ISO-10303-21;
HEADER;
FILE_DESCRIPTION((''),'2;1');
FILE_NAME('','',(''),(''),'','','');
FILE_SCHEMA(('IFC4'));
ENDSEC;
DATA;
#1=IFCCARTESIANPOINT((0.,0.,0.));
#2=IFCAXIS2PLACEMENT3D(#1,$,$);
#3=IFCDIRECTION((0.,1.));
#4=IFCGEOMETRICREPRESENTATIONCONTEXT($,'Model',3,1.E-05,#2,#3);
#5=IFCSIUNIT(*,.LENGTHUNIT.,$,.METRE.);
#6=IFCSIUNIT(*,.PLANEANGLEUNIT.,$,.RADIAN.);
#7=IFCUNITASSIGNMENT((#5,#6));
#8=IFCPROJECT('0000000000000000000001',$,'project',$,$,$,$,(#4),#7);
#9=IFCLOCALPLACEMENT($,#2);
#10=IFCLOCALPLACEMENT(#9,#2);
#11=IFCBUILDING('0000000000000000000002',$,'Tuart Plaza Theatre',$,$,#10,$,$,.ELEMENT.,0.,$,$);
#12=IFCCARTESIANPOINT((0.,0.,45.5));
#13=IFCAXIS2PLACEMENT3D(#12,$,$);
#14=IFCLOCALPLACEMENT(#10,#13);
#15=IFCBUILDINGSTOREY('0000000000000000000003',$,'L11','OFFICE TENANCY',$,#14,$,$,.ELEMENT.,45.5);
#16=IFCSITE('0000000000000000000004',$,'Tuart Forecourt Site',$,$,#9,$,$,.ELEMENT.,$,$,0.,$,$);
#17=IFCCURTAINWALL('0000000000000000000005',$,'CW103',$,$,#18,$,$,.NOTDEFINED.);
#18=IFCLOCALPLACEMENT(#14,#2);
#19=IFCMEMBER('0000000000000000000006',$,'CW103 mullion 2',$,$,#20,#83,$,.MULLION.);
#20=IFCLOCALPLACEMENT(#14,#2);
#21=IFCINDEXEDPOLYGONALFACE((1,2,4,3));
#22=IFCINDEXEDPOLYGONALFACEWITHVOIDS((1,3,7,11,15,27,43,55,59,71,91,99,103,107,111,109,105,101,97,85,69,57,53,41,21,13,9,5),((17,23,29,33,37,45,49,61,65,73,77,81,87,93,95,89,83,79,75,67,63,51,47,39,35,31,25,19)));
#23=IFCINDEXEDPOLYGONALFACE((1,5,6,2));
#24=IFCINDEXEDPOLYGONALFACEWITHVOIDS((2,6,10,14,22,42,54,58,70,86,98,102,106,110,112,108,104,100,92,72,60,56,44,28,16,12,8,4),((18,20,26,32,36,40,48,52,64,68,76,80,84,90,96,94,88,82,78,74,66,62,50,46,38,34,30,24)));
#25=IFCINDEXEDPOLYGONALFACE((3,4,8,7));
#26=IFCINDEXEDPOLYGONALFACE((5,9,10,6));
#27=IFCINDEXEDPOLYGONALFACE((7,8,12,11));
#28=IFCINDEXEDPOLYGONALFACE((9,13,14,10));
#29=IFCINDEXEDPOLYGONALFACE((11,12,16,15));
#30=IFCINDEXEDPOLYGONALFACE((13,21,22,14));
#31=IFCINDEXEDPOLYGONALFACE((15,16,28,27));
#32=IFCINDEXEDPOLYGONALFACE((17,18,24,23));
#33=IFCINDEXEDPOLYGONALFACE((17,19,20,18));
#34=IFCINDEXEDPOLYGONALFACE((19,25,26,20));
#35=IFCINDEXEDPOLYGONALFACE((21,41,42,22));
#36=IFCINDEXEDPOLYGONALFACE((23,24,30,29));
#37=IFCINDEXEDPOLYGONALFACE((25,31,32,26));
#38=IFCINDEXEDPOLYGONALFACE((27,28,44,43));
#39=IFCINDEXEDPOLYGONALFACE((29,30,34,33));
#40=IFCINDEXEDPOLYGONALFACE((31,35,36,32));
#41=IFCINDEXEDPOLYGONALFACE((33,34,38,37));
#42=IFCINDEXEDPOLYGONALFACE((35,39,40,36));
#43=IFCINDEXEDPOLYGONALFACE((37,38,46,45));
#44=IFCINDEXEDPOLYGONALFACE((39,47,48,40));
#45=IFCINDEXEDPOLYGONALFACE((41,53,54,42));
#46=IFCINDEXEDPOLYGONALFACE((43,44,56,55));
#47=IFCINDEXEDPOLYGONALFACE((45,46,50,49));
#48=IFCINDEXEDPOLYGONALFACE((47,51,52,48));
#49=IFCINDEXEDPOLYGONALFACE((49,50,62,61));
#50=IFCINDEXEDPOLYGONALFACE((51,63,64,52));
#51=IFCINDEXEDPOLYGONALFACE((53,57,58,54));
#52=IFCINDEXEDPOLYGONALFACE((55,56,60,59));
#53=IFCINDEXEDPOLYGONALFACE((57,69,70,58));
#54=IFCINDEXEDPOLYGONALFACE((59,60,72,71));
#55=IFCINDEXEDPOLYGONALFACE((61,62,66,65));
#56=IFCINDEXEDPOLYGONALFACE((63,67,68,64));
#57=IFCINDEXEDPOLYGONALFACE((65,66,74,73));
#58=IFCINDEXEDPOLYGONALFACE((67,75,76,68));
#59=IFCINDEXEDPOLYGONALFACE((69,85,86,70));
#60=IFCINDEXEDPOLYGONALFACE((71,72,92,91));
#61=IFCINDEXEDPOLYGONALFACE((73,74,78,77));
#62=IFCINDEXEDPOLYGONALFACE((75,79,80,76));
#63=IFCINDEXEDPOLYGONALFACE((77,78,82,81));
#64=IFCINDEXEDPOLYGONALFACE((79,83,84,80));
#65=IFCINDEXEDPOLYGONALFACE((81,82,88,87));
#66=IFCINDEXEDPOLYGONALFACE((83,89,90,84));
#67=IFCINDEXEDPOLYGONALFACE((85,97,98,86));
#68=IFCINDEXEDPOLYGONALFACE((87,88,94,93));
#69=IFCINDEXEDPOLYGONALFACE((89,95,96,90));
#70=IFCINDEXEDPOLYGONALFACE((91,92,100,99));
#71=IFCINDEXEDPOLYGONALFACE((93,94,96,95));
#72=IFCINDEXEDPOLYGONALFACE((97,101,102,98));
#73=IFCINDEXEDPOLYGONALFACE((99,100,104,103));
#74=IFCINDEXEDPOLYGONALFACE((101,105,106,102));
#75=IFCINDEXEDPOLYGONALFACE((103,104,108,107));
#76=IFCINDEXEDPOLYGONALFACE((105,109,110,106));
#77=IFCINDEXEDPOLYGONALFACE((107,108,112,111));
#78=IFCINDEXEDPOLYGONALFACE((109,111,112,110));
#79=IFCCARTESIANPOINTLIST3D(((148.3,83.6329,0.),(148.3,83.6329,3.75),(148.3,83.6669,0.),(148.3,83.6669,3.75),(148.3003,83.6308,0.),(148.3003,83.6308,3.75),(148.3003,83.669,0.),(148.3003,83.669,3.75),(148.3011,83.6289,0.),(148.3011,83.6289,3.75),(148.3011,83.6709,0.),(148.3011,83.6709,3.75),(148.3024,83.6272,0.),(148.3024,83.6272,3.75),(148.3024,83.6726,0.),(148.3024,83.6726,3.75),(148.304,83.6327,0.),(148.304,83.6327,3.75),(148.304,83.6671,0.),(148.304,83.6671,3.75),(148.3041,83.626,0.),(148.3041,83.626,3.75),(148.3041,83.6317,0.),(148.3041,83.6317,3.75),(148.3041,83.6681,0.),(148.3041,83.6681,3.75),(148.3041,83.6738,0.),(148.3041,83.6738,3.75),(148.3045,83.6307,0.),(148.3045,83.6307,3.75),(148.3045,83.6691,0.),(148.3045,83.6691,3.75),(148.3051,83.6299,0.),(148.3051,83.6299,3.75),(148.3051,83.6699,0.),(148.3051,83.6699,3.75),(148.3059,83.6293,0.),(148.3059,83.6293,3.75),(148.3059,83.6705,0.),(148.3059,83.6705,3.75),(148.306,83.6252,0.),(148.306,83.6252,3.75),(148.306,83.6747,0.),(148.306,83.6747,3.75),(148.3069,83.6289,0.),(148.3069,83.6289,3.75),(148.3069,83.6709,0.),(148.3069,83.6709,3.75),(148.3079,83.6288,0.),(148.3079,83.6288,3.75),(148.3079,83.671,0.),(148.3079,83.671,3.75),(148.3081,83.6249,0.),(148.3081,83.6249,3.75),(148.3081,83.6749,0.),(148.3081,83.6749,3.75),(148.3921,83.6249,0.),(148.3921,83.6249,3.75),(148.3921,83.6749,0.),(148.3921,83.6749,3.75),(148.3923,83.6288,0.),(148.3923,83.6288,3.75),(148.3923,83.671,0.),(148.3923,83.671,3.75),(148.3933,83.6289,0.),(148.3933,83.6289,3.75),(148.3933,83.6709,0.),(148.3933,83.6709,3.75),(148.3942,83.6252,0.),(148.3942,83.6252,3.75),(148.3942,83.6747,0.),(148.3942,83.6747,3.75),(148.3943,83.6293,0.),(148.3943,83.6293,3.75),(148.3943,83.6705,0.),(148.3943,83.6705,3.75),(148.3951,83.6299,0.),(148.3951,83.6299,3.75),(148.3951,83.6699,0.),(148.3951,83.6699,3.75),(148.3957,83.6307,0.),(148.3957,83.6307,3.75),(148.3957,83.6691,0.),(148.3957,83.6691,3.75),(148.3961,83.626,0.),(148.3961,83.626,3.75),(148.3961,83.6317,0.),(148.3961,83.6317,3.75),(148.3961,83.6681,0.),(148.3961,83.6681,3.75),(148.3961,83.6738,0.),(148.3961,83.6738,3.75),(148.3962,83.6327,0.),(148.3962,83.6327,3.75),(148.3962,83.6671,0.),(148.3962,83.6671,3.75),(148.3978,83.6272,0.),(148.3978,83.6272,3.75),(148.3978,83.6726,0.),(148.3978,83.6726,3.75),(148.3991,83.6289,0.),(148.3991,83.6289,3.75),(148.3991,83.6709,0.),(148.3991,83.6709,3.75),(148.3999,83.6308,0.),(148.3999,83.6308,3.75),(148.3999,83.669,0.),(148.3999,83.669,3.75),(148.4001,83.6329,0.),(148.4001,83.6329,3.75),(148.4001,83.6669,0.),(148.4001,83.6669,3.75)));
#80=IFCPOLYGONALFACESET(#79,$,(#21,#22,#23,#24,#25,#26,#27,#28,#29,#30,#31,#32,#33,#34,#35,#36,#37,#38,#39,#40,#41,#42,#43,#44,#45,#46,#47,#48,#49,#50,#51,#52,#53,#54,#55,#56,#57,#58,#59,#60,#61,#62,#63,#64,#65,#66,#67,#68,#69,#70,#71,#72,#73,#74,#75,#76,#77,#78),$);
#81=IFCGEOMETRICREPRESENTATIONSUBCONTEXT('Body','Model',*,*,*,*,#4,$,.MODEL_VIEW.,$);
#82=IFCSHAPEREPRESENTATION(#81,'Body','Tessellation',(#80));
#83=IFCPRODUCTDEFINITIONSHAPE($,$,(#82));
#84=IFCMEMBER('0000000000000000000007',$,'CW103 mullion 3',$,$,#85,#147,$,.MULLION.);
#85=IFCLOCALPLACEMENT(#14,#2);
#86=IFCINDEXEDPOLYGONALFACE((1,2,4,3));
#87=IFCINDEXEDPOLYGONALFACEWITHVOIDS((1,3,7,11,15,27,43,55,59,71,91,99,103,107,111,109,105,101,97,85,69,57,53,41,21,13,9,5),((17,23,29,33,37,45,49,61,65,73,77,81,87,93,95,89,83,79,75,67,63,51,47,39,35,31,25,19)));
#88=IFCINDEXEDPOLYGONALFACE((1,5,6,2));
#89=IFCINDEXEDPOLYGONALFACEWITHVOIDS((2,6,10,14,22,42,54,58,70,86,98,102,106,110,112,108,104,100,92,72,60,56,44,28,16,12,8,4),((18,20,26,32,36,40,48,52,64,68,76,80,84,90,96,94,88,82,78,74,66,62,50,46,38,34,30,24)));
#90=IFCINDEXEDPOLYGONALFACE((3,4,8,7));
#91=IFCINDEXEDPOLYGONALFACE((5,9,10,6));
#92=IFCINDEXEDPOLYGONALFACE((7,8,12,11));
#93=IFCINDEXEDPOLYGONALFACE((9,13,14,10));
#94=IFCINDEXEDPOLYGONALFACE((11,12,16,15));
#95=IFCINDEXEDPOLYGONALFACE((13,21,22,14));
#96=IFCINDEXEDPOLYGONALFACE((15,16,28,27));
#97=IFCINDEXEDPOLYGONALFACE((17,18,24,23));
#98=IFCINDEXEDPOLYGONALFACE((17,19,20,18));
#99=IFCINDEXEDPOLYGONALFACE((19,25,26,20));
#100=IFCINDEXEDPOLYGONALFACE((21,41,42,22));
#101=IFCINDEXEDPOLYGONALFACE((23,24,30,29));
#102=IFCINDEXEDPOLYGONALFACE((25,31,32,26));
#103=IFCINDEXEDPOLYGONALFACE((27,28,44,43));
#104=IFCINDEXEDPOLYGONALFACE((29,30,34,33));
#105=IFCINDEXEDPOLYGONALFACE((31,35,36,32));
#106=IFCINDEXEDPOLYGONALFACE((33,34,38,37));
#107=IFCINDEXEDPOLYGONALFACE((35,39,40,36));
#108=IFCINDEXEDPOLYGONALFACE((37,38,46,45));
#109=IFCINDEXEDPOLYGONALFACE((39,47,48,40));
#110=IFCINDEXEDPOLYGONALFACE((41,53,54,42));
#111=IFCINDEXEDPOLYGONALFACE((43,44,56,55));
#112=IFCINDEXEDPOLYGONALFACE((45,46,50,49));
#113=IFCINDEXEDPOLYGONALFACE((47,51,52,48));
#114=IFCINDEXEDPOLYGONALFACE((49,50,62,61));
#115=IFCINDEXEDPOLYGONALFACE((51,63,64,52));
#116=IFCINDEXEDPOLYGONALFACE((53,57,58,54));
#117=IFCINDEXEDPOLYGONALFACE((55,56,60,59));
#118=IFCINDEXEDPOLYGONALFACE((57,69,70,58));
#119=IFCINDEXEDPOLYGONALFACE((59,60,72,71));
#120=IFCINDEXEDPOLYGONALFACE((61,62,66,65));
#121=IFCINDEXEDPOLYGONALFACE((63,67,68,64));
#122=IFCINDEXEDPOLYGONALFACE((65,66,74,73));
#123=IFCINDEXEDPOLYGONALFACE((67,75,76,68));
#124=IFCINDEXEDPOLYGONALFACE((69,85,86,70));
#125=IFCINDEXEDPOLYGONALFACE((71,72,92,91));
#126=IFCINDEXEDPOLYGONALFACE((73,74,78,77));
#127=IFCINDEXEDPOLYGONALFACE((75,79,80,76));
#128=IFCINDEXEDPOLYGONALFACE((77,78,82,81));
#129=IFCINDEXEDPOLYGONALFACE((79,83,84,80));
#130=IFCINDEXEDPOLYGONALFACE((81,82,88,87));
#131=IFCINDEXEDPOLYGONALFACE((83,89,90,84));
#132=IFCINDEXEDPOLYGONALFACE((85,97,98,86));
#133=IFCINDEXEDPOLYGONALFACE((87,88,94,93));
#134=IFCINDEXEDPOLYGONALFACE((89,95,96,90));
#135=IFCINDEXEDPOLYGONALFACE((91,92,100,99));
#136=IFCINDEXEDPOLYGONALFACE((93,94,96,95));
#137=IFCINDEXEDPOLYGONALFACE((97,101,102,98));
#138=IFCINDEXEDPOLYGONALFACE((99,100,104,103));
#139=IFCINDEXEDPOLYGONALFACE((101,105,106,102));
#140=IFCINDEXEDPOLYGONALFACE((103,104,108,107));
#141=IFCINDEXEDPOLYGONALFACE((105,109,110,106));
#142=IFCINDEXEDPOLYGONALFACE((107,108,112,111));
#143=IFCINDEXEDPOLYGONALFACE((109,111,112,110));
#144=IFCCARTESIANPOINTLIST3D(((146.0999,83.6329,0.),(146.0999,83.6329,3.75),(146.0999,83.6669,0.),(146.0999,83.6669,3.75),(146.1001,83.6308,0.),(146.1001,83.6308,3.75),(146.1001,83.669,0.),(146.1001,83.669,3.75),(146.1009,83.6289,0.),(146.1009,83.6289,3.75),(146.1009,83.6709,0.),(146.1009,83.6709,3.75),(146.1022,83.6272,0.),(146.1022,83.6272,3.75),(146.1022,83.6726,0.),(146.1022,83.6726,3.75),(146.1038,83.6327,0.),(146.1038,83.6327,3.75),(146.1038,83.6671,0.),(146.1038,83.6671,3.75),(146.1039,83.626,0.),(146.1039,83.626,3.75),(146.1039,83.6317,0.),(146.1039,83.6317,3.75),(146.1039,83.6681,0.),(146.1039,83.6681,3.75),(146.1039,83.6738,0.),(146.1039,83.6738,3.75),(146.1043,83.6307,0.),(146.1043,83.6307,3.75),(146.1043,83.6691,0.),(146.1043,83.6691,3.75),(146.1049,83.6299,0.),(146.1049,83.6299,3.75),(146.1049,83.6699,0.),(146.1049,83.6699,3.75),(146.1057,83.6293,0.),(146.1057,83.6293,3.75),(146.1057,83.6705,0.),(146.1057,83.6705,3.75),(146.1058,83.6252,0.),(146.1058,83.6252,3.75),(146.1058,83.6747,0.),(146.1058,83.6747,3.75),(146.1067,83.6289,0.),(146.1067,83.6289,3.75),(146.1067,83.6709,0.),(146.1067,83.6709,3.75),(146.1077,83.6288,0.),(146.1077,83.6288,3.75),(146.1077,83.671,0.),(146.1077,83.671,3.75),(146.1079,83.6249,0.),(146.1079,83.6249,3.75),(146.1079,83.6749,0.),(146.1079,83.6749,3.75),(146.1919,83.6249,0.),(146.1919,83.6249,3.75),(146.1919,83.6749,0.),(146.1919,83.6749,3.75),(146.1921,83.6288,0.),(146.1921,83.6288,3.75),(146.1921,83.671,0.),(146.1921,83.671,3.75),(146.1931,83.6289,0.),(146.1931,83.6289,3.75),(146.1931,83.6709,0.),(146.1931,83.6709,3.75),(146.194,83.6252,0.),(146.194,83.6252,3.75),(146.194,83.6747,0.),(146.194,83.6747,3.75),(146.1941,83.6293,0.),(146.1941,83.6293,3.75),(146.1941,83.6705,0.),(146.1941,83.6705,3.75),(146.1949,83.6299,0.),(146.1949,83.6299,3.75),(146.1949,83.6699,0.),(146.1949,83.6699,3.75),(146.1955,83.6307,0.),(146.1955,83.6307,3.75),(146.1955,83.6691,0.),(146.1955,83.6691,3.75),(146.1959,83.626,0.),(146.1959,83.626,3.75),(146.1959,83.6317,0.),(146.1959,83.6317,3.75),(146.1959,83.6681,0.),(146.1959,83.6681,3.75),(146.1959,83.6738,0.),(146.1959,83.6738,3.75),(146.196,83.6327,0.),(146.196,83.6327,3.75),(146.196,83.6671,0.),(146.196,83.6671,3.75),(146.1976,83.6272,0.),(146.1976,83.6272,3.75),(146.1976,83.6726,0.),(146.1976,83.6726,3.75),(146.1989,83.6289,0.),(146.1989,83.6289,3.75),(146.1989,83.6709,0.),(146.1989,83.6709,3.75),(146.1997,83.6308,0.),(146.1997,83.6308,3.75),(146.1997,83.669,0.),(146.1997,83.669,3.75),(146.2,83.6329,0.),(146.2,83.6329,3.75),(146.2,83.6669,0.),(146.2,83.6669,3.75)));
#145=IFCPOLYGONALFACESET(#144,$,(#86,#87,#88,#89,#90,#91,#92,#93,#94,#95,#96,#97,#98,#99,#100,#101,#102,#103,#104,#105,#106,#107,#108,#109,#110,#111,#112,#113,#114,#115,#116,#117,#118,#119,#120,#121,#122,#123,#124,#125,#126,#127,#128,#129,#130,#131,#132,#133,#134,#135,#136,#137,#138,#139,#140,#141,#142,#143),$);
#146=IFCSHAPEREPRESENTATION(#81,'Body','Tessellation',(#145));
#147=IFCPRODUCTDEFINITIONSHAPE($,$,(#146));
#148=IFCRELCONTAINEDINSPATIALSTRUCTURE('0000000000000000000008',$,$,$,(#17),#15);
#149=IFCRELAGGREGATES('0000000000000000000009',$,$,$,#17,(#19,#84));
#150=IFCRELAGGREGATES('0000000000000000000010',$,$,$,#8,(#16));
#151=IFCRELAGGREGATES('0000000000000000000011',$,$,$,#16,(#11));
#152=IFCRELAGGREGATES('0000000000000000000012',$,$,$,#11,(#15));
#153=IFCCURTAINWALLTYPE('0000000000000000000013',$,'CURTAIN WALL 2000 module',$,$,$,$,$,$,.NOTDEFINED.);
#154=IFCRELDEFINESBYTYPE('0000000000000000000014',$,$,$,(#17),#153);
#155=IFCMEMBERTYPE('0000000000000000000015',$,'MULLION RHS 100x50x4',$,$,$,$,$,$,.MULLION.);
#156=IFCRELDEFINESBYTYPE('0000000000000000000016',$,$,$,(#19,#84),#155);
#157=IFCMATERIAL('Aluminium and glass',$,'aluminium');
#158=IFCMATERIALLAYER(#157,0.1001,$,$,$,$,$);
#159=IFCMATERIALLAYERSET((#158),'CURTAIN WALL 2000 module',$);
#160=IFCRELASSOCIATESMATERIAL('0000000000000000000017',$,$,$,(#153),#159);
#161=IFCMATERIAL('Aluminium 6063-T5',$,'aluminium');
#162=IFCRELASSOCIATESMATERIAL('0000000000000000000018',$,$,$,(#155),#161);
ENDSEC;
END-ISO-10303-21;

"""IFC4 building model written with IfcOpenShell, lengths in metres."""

from ifc_helpers import new_model, si_unit, direction, frame, origin, origin_2d, place, context, subcontext, project, spatial, hollow_rectangle, extrude, material, layer, layer_set, material_profile, profile_set, type_object, element, aggregate, save


model = new_model("IFC4")

# Units and contexts
model_context = context("Model", 3, precision=1e-05, world=origin(), true_north=direction((0.0, 1.0)))
body_context = subcontext(model_context, "Body", "Model", "MODEL_VIEW")
ifc_project = project(units=[si_unit("LENGTHUNIT", "METRE"), si_unit("PLANEANGLEUNIT", "RADIAN")], contexts=[model_context])

# Site, building, storey
site_placement = place(None, origin())
site = spatial("IfcSite", under=ifc_project, at=site_placement, Name="Tuart Forecourt Site", CompositionType="ELEMENT", RefElevation=0.0)
building_placement = place(site_placement, origin())
building = spatial("IfcBuilding", under=site, at=building_placement, Name="Tuart Plaza Theatre", CompositionType="ELEMENT", ElevationOfRefHeight=0.0)
storey_placement = place(building_placement, frame((0.0, 0.0, 45.5)))
storey = spatial("IfcBuildingStorey", under=building, at=storey_placement, Name="L11", Description="OFFICE TENANCY", CompositionType="ELEMENT", Elevation=45.5)

# Shared definitions
ifc_material_1 = material(Name="Aluminium and glass", Category="aluminium")
ifc_layer_1 = layer(ifc_material_1, 0.1001)
ifc_layer_set_1 = layer_set([ifc_layer_1], Name="CURTAIN WALL 2000 module")
curtain_wall_type = type_object("IfcCurtainWallType", Name="CURTAIN WALL 2000 module", PredefinedType="NOTDEFINED", material=ifc_layer_set_1)
ifc_material_2 = material(Name="Aluminium 6063-T5", Category="aluminium")
ifc_material_profile_1 = material_profile(ifc_material_2, hollow_rectangle(XDim=0.05, YDim=0.1001, WallThickness=0.0039, InnerFilletRadius=0.0039, OuterFilletRadius=0.0081, at=origin_2d()), Name="RHS 100x50x4")
ifc_profile_set_1 = profile_set([ifc_material_profile_1], Name="Aluminium 6063-T5")
member_type_1 = type_object("IfcMemberType", Name="MULLION RHS 100x50x4", PredefinedType="MULLION", material=ifc_profile_set_1)

# Curtain wall, members
curtain_wall_1_placement = place(storey_placement, origin())
curtain_wall_1 = element("IfcCurtainWall", 1, at=curtain_wall_1_placement, inside=storey, type_object=curtain_wall_type, Name="CW103", PredefinedType="NOTDEFINED")
member_1_placement = place(storey_placement, frame((148.3501, 83.6499, 0.0), z_axis=(0.0, 0.0, 1.0), x_axis=(0.0, -1.0, 0.0)))
member_1 = element("IfcMember", 2, at=member_1_placement, type_object=member_type_1, Name="CW103 mullion 2", PredefinedType="MULLION", context=body_context, shape_type="SweptSolid", body=[
    extrude(hollow_rectangle(XDim=0.05, YDim=0.1001, WallThickness=0.0039, InnerFilletRadius=0.0039, OuterFilletRadius=0.0081, at=origin_2d()), origin(), (0.0, 0.0, 1.0), 3.75),
])
member_2_placement = place(storey_placement, frame((146.1499, 83.6499, 0.0), z_axis=(0.0, 0.0, 1.0), x_axis=(0.0, -1.0, 0.0)))
member_2 = element("IfcMember", 3, at=member_2_placement, type_object=member_type_1, Name="CW103 mullion 3", PredefinedType="MULLION", context=body_context, shape_type="SweptSolid", body=[
    extrude(hollow_rectangle(XDim=0.05, YDim=0.1001, WallThickness=0.0039, InnerFilletRadius=0.0039, OuterFilletRadius=0.0081, at=origin_2d()), origin(), (0.0, 0.0, 1.0), 3.75),
])

aggregate(curtain_wall_1, [member_1, member_2])

save(model, "model.ifc")
